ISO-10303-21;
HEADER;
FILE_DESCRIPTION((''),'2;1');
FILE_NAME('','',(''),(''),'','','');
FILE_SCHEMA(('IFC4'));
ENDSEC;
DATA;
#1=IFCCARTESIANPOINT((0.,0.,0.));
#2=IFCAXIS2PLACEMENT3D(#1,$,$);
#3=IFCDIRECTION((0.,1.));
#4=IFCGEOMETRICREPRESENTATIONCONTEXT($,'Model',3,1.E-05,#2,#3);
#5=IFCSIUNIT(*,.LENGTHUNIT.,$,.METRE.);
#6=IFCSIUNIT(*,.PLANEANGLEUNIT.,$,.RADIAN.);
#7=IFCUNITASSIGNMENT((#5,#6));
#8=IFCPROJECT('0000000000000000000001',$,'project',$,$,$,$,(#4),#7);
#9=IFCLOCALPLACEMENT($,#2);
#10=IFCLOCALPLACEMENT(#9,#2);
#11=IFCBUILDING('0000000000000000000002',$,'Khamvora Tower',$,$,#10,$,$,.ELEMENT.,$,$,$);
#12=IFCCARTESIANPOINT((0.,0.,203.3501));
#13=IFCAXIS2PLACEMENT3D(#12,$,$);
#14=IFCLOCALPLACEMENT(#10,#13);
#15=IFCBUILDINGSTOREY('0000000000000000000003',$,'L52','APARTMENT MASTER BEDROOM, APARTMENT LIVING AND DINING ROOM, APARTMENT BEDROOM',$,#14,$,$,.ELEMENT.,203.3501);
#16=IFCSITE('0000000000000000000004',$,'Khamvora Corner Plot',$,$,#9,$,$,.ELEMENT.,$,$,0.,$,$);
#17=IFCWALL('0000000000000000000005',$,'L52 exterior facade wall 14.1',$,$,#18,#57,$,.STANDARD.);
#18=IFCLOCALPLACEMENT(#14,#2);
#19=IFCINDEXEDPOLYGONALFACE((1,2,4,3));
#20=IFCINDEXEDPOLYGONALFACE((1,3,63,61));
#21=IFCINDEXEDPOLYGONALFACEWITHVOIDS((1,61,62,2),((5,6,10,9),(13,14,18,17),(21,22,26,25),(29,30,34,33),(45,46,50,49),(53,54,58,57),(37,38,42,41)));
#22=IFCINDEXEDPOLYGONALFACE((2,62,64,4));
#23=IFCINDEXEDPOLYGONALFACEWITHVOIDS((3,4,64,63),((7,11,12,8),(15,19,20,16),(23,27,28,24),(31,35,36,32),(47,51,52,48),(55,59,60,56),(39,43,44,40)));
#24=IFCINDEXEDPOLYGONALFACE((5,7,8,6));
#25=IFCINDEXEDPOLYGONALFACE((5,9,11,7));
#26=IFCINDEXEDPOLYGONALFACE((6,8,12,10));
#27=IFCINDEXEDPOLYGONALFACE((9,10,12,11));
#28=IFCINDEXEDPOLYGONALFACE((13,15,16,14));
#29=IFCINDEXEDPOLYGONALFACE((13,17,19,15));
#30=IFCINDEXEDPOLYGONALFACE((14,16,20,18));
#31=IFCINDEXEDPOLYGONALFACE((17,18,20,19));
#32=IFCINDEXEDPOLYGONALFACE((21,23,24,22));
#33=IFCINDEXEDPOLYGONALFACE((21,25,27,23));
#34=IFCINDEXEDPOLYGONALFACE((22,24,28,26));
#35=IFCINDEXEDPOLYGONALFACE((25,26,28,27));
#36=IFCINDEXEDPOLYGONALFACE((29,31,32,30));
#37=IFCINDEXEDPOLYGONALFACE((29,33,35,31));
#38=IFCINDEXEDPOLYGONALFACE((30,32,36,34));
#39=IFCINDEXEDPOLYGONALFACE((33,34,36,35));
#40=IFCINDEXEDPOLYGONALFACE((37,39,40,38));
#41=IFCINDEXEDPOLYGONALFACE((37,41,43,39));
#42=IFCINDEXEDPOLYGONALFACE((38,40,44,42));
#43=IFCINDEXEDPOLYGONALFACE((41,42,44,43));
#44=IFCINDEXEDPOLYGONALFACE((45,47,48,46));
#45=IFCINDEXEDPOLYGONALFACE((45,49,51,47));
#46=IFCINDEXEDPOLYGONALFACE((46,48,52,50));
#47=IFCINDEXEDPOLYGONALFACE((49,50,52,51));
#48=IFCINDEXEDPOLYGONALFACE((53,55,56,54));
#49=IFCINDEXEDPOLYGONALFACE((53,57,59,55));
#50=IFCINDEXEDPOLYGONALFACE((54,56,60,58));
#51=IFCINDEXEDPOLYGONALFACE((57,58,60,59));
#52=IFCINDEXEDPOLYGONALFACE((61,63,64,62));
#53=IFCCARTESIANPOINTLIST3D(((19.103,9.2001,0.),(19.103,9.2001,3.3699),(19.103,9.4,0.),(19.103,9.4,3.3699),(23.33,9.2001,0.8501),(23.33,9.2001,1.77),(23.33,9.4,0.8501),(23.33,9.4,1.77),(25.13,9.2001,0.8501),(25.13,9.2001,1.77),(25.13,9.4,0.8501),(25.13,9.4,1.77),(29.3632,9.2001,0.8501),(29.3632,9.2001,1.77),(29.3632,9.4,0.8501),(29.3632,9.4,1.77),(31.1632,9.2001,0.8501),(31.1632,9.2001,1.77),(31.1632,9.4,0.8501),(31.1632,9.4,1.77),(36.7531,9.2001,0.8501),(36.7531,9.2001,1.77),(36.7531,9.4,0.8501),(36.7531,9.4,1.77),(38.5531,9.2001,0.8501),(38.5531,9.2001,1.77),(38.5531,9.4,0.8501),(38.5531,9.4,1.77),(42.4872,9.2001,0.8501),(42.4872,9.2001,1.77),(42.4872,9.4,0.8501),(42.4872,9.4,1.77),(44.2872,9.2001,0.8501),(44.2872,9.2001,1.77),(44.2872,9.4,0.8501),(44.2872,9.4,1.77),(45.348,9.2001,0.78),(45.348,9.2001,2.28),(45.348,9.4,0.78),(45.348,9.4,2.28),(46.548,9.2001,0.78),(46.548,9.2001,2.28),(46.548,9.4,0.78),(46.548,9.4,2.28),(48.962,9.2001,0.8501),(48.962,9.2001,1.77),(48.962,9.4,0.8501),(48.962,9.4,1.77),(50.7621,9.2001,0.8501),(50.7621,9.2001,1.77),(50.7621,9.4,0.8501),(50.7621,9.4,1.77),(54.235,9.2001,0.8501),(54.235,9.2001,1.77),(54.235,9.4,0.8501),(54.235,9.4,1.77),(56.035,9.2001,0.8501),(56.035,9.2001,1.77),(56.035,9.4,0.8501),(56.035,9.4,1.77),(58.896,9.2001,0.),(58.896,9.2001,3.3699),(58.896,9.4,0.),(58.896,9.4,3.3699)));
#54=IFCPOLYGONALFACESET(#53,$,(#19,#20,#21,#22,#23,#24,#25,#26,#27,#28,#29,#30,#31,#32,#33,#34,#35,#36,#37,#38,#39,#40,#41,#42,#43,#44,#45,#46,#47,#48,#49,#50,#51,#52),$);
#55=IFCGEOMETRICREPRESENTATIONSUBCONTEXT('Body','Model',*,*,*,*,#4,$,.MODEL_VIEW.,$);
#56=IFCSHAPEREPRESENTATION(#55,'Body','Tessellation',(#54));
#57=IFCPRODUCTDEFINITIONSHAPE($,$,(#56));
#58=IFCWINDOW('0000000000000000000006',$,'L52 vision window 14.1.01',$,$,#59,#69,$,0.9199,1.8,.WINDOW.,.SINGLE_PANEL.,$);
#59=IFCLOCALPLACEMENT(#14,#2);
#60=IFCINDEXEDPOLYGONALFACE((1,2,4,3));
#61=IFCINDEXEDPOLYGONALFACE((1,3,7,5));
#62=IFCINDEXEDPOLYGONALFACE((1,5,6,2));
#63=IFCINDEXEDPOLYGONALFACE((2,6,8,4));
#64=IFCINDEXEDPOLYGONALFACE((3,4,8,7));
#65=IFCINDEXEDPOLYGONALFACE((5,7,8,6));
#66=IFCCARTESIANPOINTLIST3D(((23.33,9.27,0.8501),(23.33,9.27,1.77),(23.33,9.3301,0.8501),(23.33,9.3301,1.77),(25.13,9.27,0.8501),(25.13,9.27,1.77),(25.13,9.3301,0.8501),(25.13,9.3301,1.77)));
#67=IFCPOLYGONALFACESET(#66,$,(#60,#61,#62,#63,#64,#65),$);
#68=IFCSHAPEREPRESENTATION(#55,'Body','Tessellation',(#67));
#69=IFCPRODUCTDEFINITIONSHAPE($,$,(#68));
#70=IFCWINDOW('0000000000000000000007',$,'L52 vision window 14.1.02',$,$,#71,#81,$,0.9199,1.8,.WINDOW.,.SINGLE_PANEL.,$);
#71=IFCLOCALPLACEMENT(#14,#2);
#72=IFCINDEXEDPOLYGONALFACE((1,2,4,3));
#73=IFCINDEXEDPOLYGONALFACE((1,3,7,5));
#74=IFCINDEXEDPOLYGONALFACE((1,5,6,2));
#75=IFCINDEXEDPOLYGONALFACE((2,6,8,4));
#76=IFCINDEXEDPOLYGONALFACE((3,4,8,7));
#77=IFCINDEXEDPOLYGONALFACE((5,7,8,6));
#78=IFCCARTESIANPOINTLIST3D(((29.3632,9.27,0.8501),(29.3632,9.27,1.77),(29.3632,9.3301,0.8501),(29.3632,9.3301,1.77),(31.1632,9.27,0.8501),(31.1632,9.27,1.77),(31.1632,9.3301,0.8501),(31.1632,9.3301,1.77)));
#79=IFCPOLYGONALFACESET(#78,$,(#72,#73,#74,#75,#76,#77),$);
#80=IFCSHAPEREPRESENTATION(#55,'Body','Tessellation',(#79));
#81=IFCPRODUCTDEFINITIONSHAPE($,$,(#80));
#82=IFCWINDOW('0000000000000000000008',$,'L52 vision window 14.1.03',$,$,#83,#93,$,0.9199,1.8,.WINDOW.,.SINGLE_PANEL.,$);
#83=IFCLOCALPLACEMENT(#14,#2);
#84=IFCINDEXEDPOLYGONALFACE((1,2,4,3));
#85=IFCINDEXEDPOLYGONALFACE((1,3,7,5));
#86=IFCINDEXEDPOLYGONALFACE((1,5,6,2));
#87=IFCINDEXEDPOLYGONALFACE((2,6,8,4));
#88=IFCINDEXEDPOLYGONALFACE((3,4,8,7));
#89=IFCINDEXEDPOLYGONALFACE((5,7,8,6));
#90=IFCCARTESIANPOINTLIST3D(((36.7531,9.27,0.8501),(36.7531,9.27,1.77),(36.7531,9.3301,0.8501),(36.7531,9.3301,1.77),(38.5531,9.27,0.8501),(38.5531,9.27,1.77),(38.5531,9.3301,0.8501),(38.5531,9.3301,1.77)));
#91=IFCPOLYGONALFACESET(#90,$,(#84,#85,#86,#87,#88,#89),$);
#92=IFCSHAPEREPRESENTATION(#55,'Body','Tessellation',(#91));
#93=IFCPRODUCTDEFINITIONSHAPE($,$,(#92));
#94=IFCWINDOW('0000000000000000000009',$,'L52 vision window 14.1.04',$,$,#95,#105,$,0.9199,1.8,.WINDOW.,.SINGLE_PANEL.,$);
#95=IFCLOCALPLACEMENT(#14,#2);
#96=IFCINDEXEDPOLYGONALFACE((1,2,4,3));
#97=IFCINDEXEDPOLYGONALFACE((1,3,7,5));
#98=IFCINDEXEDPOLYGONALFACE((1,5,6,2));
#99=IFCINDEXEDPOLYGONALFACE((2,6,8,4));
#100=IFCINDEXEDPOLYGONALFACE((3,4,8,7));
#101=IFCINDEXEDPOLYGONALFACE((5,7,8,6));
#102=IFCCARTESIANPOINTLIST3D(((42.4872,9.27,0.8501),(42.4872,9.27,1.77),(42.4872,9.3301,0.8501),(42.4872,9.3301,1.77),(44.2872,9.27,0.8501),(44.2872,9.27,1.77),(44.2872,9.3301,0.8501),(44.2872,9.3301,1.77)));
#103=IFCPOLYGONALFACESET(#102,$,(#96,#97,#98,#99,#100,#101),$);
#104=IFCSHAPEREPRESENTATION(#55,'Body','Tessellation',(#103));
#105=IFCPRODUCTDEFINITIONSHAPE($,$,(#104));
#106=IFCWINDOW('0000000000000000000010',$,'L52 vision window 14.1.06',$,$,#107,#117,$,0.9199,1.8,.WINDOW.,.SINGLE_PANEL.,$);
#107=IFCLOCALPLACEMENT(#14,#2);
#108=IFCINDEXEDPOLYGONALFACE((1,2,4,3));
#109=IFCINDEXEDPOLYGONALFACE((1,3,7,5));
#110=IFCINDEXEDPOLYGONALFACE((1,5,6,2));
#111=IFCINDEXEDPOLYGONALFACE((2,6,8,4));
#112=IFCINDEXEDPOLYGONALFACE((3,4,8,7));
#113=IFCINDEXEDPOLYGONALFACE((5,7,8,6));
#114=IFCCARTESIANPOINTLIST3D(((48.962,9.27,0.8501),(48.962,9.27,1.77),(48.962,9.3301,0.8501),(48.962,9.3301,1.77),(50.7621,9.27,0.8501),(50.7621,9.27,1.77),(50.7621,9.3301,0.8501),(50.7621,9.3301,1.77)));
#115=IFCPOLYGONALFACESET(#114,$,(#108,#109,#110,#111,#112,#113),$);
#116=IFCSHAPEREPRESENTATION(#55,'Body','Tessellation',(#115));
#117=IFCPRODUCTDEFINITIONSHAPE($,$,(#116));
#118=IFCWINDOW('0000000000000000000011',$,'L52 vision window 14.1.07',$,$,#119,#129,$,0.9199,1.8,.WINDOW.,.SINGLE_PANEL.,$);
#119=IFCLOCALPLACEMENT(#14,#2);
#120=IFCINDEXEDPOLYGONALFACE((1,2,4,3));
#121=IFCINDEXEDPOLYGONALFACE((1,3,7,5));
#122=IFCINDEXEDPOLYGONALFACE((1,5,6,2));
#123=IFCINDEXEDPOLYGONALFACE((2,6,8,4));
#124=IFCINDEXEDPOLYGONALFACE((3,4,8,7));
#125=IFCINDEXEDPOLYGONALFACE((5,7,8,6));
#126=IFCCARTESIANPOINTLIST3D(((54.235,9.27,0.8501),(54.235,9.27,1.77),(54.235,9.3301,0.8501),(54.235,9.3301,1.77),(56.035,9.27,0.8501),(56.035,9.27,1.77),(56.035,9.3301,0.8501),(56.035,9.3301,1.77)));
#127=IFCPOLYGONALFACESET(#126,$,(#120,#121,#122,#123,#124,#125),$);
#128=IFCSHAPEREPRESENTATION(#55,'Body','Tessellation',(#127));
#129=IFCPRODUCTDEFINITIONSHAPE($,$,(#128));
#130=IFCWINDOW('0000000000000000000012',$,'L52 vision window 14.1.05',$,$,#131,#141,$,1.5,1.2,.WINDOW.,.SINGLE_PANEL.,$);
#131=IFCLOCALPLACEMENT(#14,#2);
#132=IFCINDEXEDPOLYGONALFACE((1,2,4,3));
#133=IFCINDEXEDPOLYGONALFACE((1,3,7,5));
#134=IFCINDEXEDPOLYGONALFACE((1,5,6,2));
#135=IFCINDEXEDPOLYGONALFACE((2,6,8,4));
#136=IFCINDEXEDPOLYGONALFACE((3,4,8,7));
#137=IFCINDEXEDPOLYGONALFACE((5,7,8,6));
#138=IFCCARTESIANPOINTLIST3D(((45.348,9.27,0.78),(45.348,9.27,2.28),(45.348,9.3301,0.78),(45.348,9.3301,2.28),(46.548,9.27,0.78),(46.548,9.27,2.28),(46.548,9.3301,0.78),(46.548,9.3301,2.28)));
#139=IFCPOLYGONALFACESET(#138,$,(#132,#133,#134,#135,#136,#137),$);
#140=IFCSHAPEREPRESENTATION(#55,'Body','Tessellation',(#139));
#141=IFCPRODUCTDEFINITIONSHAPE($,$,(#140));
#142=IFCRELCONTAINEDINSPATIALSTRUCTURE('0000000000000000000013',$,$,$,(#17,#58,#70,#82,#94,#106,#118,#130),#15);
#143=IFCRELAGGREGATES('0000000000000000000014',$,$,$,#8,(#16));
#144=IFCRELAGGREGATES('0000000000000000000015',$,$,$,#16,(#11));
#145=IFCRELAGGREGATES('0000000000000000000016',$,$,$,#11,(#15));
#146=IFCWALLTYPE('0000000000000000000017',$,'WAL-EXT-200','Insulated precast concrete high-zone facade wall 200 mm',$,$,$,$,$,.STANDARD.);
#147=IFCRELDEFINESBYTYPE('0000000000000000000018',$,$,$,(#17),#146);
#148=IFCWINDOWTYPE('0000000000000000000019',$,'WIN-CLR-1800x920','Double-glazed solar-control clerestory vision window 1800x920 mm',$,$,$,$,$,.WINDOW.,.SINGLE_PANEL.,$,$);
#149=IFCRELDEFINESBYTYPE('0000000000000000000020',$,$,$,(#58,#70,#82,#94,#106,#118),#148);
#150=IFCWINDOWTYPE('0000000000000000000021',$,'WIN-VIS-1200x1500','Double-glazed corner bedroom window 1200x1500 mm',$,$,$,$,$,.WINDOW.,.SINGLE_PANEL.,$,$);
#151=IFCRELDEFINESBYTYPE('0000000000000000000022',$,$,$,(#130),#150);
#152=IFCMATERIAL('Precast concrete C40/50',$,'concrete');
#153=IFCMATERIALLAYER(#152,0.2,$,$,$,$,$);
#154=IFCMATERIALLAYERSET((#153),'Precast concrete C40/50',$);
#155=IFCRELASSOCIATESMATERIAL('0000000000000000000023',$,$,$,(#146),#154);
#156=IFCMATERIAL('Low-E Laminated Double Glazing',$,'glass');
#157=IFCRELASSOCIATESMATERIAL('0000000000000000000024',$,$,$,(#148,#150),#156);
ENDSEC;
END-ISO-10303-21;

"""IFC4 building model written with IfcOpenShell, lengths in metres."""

from ifc_helpers import new_model, si_unit, direction, frame, frame_2d, origin, place, context, subcontext, project, spatial, rectangle, extrude, material, layer, layer_set, type_object, element, fill, save


model = new_model("IFC4")

# Units and contexts
model_context = context("Model", 3, precision=1e-05, world=origin(), true_north=direction((0.0, 1.0)))
body_context = subcontext(model_context, "Body", "Model", "MODEL_VIEW")
ifc_project = project(units=[si_unit("LENGTHUNIT", "METRE"), si_unit("PLANEANGLEUNIT", "RADIAN")], contexts=[model_context])

# Site, building, storey
site_placement = place(None, origin())
site = spatial("IfcSite", under=ifc_project, at=site_placement, Name="Khamvora Corner Plot", CompositionType="ELEMENT", RefElevation=0.0)
building_placement = place(site_placement, origin())
building = spatial("IfcBuilding", under=site, at=building_placement, Name="Khamvora Tower", CompositionType="ELEMENT")
storey_placement = place(building_placement, frame((0.0, 0.0, 203.3501)))
storey = spatial("IfcBuildingStorey", under=building, at=storey_placement, Name="L52", Description="APARTMENT MASTER BEDROOM, APARTMENT LIVING AND DINING ROOM, APARTMENT BEDROOM", CompositionType="ELEMENT", Elevation=203.3501)

# Shared definitions
ifc_material_1 = material(Name="Precast concrete C40/50", Category="concrete")
ifc_layer_1 = layer(ifc_material_1, 0.2)
ifc_layer_set_1 = layer_set([ifc_layer_1], Name="Precast concrete C40/50")
wall_type_1 = type_object("IfcWallType", Name="WAL-EXT-200", Description="Insulated precast concrete high-zone facade wall 200 mm", PredefinedType="STANDARD", material=ifc_layer_set_1)

# Wall, openings, windows
wall_1_placement = place(storey_placement, frame((58.896, 9.3, 0.0), z_axis=(0.0, 0.0, 1.0), x_axis=(-1.0, 0.0, 0.0)))
wall_1 = element("IfcWall", 1, at=wall_1_placement, inside=storey, type_object=wall_type_1, Name="L52 exterior facade wall 14.1", PredefinedType="STANDARD", context=body_context, shape_type="SweptSolid", body=[
    extrude(rectangle(XDim=39.793, YDim=0.2, at=frame_2d((19.8965, 0.0))), origin(), (0.0, 0.0, 1.0), 3.3699),
])
opening_1_placement = place(wall_1_placement, frame((33.7661, 0.0, 0.8501)))
opening_1 = element("IfcOpeningElement", 2, at=opening_1_placement, cuts=wall_1, PredefinedType="OPENING", context=body_context, shape_type="SweptSolid", body=[
    extrude(rectangle(XDim=1.8, YDim=0.9199, at=frame_2d((0.8999, 0.46))), frame((0.0, 0.1099, 0.0), z_axis=(0.0, -1.0, 0.0), x_axis=(1.0, 0.0, 0.0)), (0.0, 0.0, 1.0), 0.22),
])
opening_2_placement = place(wall_1_placement, frame((27.7329, 0.0, 0.8501)))
opening_2 = element("IfcOpeningElement", 3, at=opening_2_placement, cuts=wall_1, PredefinedType="OPENING", context=body_context, shape_type="SweptSolid", body=[
    extrude(rectangle(XDim=1.8, YDim=0.9199, at=frame_2d((0.8999, 0.46))), frame((0.0, 0.1099, 0.0), z_axis=(0.0, -1.0, 0.0), x_axis=(1.0, 0.0, 0.0)), (0.0, 0.0, 1.0), 0.22),
])
opening_3_placement = place(wall_1_placement, frame((20.343, 0.0, 0.8501)))
opening_3 = element("IfcOpeningElement", 4, at=opening_3_placement, cuts=wall_1, PredefinedType="OPENING", context=body_context, shape_type="SweptSolid", body=[
    extrude(rectangle(XDim=1.8, YDim=0.9199, at=frame_2d((0.8999, 0.46))), frame((0.0, 0.1099, 0.0), z_axis=(0.0, -1.0, 0.0), x_axis=(1.0, 0.0, 0.0)), (0.0, 0.0, 1.0), 0.22),
])
opening_4_placement = place(wall_1_placement, frame((14.6089, 0.0, 0.8501)))
opening_4 = element("IfcOpeningElement", 5, at=opening_4_placement, cuts=wall_1, PredefinedType="OPENING", context=body_context, shape_type="SweptSolid", body=[
    extrude(rectangle(XDim=1.8, YDim=0.9199, at=frame_2d((0.8999, 0.46))), frame((0.0, 0.1099, 0.0), z_axis=(0.0, -1.0, 0.0), x_axis=(1.0, 0.0, 0.0)), (0.0, 0.0, 1.0), 0.22),
])
opening_5_placement = place(wall_1_placement, frame((12.3479, 0.0, 0.78)))
opening_5 = element("IfcOpeningElement", 6, at=opening_5_placement, cuts=wall_1, PredefinedType="OPENING", context=body_context, shape_type="SweptSolid", body=[
    extrude(rectangle(XDim=1.2, YDim=1.5, at=frame_2d((0.6001, 0.75))), frame((0.0, 0.1099, 0.0), z_axis=(0.0, -1.0, 0.0), x_axis=(1.0, 0.0, 0.0)), (0.0, 0.0, 1.0), 0.22),
])
opening_6_placement = place(wall_1_placement, frame((8.134, 0.0, 0.8501)))
opening_6 = element("IfcOpeningElement", 7, at=opening_6_placement, cuts=wall_1, PredefinedType="OPENING", context=body_context, shape_type="SweptSolid", body=[
    extrude(rectangle(XDim=1.8, YDim=0.9199, at=frame_2d((0.8999, 0.46))), frame((0.0, 0.1099, 0.0), z_axis=(0.0, -1.0, 0.0), x_axis=(1.0, 0.0, 0.0)), (0.0, 0.0, 1.0), 0.22),
])
opening_7_placement = place(wall_1_placement, frame((2.8611, 0.0, 0.8501)))
opening_7 = element("IfcOpeningElement", 8, at=opening_7_placement, cuts=wall_1, PredefinedType="OPENING", context=body_context, shape_type="SweptSolid", body=[
    extrude(rectangle(XDim=1.8, YDim=0.9199, at=frame_2d((0.8999, 0.46))), frame((0.0, 0.1099, 0.0), z_axis=(0.0, -1.0, 0.0), x_axis=(1.0, 0.0, 0.0)), (0.0, 0.0, 1.0), 0.22),
])
ifc_material_2 = material(Name="Low-E Laminated Double Glazing", Category="glass")
window_type_1 = type_object("IfcWindowType", Name="WIN-CLR-1800x920", Description="Double-glazed solar-control clerestory vision window 1800x920 mm", PartitioningType="SINGLE_PANEL", PredefinedType="WINDOW", material=ifc_material_2)
window_1_placement = place(opening_1_placement, origin())
window_1 = element("IfcWindow", 9, at=window_1_placement, inside=storey, type_object=window_type_1, Name="L52 vision window 14.1.01", OverallHeight=0.9199, OverallWidth=1.8, PartitioningType="SINGLE_PANEL", PredefinedType="WINDOW", context=body_context, shape_type="SweptSolid", body=[
    extrude(rectangle(XDim=1.8, YDim=0.9199, at=frame_2d((0.8999, 0.46))), frame((0.0, 0.03, 0.0), z_axis=(0.0, -1.0, 0.0), x_axis=(1.0, 0.0, 0.0)), (0.0, 0.0, 1.0), 0.0601),
])
fill(opening_1, window_1)
window_2_placement = place(opening_2_placement, origin())
window_2 = element("IfcWindow", 10, at=window_2_placement, inside=storey, type_object=window_type_1, Name="L52 vision window 14.1.02", OverallHeight=0.9199, OverallWidth=1.8, PartitioningType="SINGLE_PANEL", PredefinedType="WINDOW", context=body_context, shape_type="SweptSolid", body=[
    extrude(rectangle(XDim=1.8, YDim=0.9199, at=frame_2d((0.8999, 0.46))), frame((0.0, 0.03, 0.0), z_axis=(0.0, -1.0, 0.0), x_axis=(1.0, 0.0, 0.0)), (0.0, 0.0, 1.0), 0.0601),
])
fill(opening_2, window_2)
window_3_placement = place(opening_3_placement, origin())
window_3 = element("IfcWindow", 11, at=window_3_placement, inside=storey, type_object=window_type_1, Name="L52 vision window 14.1.03", OverallHeight=0.9199, OverallWidth=1.8, PartitioningType="SINGLE_PANEL", PredefinedType="WINDOW", context=body_context, shape_type="SweptSolid", body=[
    extrude(rectangle(XDim=1.8, YDim=0.9199, at=frame_2d((0.8999, 0.46))), frame((0.0, 0.03, 0.0), z_axis=(0.0, -1.0, 0.0), x_axis=(1.0, 0.0, 0.0)), (0.0, 0.0, 1.0), 0.0601),
])
fill(opening_3, window_3)
window_4_placement = place(opening_4_placement, origin())
window_4 = element("IfcWindow", 12, at=window_4_placement, inside=storey, type_object=window_type_1, Name="L52 vision window 14.1.04", OverallHeight=0.9199, OverallWidth=1.8, PartitioningType="SINGLE_PANEL", PredefinedType="WINDOW", context=body_context, shape_type="SweptSolid", body=[
    extrude(rectangle(XDim=1.8, YDim=0.9199, at=frame_2d((0.8999, 0.46))), frame((0.0, 0.03, 0.0), z_axis=(0.0, -1.0, 0.0), x_axis=(1.0, 0.0, 0.0)), (0.0, 0.0, 1.0), 0.0601),
])
fill(opening_4, window_4)
window_5_placement = place(opening_6_placement, origin())
window_5 = element("IfcWindow", 13, at=window_5_placement, inside=storey, type_object=window_type_1, Name="L52 vision window 14.1.06", OverallHeight=0.9199, OverallWidth=1.8, PartitioningType="SINGLE_PANEL", PredefinedType="WINDOW", context=body_context, shape_type="SweptSolid", body=[
    extrude(rectangle(XDim=1.8, YDim=0.9199, at=frame_2d((0.8999, 0.46))), frame((0.0, 0.03, 0.0), z_axis=(0.0, -1.0, 0.0), x_axis=(1.0, 0.0, 0.0)), (0.0, 0.0, 1.0), 0.0601),
])
fill(opening_6, window_5)
window_6_placement = place(opening_7_placement, origin())
window_6 = element("IfcWindow", 14, at=window_6_placement, inside=storey, type_object=window_type_1, Name="L52 vision window 14.1.07", OverallHeight=0.9199, OverallWidth=1.8, PartitioningType="SINGLE_PANEL", PredefinedType="WINDOW", context=body_context, shape_type="SweptSolid", body=[
    extrude(rectangle(XDim=1.8, YDim=0.9199, at=frame_2d((0.8999, 0.46))), frame((0.0, 0.03, 0.0), z_axis=(0.0, -1.0, 0.0), x_axis=(1.0, 0.0, 0.0)), (0.0, 0.0, 1.0), 0.0601),
])
fill(opening_7, window_6)
window_type_2 = type_object("IfcWindowType", Name="WIN-VIS-1200x1500", Description="Double-glazed corner bedroom window 1200x1500 mm", PartitioningType="SINGLE_PANEL", PredefinedType="WINDOW", material=ifc_material_2)
window_7_placement = place(opening_5_placement, origin())
window_7 = element("IfcWindow", 15, at=window_7_placement, inside=storey, type_object=window_type_2, Name="L52 vision window 14.1.05", OverallHeight=1.5, OverallWidth=1.2, PartitioningType="SINGLE_PANEL", PredefinedType="WINDOW", context=body_context, shape_type="SweptSolid", body=[
    extrude(rectangle(XDim=1.2, YDim=1.5, at=frame_2d((0.6001, 0.75))), frame((0.0, 0.03, 0.0), z_axis=(0.0, -1.0, 0.0), x_axis=(1.0, 0.0, 0.0)), (0.0, 0.0, 1.0), 0.0601),
])
fill(opening_5, window_7)

save(model, "model.ifc")
